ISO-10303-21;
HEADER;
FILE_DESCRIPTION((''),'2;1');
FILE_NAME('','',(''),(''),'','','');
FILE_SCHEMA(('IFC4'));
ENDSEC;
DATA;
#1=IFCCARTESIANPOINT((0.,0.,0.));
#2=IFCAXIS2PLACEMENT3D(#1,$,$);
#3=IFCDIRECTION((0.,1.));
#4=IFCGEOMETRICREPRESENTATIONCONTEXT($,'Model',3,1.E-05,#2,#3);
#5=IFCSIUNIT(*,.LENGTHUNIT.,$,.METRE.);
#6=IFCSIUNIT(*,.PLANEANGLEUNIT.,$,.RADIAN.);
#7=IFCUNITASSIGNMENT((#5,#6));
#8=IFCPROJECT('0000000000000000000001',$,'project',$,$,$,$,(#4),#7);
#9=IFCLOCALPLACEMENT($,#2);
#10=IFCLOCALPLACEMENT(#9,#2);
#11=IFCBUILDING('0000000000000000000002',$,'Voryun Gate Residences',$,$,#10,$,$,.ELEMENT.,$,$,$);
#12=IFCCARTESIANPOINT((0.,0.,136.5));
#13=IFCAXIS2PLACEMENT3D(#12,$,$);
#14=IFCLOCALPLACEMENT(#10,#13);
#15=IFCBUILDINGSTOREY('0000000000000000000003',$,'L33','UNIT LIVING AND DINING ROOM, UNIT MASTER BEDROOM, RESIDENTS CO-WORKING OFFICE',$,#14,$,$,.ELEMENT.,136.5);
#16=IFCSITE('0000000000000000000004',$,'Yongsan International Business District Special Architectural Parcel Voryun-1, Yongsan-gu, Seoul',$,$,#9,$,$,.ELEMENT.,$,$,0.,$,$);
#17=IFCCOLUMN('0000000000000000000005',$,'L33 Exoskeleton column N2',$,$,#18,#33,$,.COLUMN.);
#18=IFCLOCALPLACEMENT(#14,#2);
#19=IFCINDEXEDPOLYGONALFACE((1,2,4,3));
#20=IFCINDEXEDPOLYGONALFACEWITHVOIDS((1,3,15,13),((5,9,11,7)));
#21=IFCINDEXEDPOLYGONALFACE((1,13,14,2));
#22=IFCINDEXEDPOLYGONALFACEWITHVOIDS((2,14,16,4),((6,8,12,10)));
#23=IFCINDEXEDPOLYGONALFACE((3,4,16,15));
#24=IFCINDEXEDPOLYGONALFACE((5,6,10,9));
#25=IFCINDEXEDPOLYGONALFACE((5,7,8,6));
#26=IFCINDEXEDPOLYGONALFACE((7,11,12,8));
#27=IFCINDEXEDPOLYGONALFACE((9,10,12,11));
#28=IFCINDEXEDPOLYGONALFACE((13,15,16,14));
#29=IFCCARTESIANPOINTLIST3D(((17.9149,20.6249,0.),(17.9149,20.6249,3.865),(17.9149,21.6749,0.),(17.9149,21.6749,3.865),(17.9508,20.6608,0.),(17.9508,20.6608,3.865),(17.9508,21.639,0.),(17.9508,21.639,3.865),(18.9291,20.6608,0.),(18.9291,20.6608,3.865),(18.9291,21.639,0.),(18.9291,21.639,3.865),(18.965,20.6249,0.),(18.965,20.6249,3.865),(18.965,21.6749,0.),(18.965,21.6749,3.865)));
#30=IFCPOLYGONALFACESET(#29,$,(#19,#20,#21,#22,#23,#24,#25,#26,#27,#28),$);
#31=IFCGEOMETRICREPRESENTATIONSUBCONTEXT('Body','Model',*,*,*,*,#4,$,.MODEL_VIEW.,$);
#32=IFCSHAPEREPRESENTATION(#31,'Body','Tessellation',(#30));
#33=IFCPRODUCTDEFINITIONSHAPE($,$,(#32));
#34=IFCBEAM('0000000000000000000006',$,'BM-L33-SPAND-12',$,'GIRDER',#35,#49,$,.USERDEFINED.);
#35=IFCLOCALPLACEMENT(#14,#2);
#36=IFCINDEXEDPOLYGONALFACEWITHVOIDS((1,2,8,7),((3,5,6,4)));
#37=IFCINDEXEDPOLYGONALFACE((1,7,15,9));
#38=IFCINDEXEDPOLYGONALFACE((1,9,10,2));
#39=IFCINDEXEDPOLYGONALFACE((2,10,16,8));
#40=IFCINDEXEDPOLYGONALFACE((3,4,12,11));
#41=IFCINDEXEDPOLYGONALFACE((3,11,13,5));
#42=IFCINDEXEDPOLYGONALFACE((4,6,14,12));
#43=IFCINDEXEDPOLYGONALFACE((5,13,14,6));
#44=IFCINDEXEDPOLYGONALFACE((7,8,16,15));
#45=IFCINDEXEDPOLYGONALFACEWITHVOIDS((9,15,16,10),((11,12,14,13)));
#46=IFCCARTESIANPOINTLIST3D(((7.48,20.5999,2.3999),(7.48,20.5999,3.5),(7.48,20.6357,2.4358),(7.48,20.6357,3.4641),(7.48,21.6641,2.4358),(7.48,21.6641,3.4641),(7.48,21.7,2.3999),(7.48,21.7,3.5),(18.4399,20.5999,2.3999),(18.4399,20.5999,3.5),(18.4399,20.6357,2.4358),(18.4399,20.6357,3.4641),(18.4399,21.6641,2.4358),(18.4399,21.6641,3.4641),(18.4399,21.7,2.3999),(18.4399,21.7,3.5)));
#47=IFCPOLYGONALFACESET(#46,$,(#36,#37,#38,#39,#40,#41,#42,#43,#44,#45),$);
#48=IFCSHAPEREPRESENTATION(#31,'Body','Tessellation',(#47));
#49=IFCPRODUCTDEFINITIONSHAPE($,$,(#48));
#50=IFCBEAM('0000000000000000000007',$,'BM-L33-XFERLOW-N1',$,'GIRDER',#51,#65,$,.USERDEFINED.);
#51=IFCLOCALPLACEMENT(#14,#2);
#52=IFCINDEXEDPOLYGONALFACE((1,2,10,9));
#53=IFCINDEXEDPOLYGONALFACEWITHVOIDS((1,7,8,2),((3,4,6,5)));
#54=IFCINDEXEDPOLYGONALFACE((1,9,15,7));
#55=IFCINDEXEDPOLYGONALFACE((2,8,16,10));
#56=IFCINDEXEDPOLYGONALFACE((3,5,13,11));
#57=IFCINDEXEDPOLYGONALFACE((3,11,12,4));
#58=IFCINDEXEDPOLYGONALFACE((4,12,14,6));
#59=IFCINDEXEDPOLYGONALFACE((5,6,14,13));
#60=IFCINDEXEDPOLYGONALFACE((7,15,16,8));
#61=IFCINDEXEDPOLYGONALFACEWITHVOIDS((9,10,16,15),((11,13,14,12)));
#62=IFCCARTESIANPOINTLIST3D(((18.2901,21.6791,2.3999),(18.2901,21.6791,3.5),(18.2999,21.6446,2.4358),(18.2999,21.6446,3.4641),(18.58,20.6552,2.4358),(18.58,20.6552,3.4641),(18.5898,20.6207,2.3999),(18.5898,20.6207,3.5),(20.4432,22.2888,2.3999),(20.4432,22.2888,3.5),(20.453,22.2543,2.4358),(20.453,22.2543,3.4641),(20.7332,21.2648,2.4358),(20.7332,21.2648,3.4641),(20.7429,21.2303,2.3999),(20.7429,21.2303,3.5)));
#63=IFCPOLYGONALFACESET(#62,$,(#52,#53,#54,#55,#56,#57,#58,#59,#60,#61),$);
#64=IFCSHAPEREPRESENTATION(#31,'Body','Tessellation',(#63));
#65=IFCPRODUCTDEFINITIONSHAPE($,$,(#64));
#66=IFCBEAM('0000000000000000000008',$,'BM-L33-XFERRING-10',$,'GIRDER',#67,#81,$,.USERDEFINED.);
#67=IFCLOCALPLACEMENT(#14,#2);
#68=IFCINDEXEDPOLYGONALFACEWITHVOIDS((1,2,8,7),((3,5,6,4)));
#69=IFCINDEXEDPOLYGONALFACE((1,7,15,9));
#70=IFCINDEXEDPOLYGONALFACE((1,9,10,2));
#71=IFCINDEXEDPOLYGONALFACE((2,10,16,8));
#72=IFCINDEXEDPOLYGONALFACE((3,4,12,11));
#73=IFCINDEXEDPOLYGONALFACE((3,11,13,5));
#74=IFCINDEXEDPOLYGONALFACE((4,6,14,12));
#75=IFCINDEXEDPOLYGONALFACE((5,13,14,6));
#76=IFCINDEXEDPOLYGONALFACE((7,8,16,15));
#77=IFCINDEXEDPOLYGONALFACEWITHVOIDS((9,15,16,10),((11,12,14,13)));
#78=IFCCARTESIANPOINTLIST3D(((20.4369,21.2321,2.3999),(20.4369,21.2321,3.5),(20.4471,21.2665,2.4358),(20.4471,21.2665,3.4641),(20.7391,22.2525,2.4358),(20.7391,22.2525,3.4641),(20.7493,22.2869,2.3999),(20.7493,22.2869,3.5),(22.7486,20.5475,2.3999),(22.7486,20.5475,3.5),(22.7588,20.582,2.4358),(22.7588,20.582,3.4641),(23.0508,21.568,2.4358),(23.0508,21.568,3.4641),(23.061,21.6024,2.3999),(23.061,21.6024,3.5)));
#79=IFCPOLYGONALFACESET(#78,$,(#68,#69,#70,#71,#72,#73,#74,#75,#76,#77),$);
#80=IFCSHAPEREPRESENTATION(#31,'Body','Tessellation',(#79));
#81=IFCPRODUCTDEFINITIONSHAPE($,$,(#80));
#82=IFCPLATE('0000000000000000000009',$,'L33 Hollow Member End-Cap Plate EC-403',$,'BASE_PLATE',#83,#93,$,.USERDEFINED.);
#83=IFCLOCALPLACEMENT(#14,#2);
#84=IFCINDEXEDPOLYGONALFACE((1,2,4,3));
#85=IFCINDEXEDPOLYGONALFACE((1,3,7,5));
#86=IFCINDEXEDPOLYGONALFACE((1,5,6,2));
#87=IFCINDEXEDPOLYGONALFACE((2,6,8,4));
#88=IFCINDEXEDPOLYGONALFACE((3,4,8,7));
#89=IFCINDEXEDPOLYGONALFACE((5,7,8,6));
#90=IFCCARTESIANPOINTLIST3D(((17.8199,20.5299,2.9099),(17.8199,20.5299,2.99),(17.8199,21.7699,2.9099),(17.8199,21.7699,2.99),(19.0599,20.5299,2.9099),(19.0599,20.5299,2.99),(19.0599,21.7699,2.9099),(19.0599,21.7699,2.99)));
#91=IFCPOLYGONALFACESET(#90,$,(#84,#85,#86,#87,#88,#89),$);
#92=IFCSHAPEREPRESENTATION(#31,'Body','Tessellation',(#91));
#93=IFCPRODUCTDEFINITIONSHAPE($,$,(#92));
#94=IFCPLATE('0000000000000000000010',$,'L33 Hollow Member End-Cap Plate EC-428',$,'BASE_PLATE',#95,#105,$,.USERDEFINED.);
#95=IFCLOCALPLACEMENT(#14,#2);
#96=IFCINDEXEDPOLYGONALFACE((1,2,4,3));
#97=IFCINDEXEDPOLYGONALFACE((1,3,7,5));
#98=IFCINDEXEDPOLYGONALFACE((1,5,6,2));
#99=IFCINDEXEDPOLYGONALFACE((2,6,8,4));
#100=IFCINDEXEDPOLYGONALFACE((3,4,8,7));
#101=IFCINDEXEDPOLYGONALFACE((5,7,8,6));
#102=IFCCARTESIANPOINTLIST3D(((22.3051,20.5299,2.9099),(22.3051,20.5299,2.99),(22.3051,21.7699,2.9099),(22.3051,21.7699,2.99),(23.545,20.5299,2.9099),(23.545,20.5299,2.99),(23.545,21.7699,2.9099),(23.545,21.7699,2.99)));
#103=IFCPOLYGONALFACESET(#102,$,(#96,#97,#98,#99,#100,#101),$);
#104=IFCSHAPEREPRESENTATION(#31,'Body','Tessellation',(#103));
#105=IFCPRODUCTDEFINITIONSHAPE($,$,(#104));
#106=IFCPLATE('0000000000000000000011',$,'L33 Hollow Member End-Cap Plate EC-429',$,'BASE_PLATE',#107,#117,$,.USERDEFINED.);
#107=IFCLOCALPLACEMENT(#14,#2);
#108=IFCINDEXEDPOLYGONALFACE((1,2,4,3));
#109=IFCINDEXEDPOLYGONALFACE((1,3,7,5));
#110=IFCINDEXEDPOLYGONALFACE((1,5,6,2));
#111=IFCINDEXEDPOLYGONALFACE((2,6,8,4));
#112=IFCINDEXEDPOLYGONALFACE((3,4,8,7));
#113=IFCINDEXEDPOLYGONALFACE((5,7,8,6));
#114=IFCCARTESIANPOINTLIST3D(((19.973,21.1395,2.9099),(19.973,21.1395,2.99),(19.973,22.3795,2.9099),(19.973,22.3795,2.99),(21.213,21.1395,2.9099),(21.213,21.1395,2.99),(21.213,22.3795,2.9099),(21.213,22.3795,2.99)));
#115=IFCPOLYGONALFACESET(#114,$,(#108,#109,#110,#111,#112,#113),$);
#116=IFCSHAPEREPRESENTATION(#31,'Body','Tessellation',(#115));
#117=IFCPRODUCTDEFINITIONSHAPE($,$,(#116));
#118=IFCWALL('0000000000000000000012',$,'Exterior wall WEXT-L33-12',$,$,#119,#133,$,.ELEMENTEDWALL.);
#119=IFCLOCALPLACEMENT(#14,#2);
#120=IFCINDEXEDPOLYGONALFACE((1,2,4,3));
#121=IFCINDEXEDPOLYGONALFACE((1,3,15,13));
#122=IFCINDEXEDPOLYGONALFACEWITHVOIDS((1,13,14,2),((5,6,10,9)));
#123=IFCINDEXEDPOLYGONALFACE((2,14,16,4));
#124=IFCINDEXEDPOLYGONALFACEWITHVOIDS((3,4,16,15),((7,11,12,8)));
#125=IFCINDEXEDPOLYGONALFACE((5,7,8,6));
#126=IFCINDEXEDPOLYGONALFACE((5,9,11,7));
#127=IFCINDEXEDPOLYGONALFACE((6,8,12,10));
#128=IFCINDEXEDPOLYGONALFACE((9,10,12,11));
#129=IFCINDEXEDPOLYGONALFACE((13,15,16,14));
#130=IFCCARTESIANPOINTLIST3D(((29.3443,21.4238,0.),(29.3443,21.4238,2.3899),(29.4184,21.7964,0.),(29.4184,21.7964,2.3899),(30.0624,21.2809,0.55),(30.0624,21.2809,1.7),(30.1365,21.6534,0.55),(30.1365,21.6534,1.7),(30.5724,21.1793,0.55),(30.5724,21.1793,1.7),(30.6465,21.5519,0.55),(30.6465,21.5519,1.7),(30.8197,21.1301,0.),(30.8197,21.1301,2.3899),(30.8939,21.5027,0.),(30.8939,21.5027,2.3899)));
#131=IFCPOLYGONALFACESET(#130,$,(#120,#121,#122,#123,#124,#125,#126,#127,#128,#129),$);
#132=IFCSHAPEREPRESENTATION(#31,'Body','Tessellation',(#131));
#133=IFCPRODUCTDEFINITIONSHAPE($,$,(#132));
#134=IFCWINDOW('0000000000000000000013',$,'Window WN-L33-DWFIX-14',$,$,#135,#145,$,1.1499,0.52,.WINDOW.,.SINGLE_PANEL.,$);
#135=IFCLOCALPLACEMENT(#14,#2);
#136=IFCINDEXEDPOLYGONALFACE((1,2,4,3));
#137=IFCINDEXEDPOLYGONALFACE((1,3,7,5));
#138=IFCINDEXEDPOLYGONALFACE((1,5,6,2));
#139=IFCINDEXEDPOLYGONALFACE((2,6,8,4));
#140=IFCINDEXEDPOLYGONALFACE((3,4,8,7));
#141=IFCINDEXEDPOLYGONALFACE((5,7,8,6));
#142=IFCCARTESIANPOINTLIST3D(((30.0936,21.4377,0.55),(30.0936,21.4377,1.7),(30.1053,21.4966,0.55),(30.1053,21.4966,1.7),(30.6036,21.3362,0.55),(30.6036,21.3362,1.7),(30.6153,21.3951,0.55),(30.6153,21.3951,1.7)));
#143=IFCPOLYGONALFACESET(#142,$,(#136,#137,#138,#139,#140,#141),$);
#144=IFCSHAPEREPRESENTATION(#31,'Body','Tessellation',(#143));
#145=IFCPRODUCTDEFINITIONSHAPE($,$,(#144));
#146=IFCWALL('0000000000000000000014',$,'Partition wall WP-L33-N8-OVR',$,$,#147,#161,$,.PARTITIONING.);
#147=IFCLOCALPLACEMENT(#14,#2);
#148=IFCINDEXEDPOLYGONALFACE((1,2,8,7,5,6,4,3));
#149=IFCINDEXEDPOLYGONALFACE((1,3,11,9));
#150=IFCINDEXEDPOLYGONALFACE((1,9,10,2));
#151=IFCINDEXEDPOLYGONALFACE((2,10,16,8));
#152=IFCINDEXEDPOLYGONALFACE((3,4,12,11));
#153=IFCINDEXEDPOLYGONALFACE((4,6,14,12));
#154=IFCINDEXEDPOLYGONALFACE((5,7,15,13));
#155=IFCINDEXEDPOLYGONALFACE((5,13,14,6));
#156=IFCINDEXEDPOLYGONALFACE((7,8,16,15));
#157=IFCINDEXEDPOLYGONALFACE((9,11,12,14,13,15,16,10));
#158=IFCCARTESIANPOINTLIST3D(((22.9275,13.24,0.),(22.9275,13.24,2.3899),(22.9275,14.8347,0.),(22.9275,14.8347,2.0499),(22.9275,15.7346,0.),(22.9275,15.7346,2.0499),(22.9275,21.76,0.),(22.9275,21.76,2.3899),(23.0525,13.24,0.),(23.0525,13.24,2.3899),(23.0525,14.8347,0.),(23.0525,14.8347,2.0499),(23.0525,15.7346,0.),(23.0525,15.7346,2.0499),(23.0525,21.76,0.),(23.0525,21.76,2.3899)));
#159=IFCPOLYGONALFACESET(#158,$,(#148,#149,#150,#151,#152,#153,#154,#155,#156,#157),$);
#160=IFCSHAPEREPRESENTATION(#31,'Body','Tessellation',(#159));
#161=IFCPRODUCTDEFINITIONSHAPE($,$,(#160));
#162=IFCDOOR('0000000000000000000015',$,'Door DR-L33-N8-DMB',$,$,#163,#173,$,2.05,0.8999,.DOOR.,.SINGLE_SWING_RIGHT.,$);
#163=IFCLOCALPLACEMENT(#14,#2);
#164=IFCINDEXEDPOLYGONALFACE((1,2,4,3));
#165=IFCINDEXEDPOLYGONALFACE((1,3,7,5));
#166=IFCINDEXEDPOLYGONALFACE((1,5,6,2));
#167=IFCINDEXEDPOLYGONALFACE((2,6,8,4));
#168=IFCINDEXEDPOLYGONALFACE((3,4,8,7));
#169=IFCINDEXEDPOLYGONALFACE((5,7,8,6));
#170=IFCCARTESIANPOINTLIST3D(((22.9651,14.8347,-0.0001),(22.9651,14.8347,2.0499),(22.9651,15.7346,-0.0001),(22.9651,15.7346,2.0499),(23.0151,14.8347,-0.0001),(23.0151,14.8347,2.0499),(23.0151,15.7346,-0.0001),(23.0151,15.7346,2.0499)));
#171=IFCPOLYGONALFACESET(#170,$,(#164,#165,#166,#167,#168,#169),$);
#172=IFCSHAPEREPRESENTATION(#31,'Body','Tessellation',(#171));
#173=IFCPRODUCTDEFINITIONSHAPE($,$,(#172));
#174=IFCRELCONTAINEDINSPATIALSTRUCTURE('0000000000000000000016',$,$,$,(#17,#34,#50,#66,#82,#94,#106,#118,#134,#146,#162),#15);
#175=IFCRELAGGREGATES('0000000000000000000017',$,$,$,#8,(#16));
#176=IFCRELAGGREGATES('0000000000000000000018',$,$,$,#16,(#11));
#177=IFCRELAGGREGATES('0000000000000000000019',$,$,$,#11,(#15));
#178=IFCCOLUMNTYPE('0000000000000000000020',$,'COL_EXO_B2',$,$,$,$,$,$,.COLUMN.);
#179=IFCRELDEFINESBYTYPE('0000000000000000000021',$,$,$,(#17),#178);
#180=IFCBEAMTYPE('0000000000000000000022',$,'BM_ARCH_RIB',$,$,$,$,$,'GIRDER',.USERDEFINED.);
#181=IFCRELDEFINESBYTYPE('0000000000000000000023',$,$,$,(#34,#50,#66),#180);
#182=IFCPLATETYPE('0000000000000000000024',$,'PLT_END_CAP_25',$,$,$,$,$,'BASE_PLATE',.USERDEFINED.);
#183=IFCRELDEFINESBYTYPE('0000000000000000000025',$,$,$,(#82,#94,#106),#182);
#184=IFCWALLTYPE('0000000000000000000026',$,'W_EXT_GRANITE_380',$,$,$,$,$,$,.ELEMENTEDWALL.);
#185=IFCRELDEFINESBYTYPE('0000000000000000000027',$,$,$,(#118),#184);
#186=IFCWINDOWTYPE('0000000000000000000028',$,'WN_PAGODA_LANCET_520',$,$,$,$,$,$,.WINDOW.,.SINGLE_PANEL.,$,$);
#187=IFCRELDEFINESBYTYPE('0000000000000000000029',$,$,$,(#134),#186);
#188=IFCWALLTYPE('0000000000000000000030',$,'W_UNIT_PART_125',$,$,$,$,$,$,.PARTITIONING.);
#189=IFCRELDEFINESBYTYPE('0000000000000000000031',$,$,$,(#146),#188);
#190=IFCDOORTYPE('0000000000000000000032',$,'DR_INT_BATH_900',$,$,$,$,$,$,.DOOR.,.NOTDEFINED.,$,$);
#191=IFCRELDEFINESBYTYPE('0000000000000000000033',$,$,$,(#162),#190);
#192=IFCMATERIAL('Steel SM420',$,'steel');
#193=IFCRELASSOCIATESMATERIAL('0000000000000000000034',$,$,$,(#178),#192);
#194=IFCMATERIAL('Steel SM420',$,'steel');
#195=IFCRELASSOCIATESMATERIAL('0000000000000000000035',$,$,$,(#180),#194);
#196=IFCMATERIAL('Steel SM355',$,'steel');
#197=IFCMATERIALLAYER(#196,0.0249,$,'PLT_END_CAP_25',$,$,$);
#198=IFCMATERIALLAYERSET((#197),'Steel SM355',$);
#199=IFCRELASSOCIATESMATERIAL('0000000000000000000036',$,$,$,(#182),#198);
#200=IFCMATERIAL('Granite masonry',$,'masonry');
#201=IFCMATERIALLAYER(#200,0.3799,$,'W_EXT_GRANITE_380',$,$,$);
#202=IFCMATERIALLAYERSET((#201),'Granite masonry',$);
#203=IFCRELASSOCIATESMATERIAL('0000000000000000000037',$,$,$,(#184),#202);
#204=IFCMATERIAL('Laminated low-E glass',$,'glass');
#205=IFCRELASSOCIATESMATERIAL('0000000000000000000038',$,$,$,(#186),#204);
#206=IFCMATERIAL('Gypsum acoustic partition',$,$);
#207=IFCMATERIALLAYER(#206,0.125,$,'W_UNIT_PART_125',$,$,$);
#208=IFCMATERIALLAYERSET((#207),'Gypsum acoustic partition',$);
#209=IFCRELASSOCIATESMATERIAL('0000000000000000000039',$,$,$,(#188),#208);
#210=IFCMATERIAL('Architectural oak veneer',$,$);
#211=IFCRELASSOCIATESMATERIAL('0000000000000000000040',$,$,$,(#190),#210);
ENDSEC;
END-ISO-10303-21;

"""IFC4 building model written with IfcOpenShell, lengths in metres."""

from ifc_helpers import new_model, si_unit, direction, frame, frame_2d, origin, origin_2d, place, context, subcontext, project, spatial, rectangle, hollow_rectangle, extrude, material, layer, layer_set, material_profile, profile_set, type_object, element, fill, save


model = new_model("IFC4")

# Units and contexts
model_context = context("Model", 3, precision=1e-05, world=origin(), true_north=direction((0.0, 1.0)))
body_context = subcontext(model_context, "Body", "Model", "MODEL_VIEW")
ifc_project = project(units=[si_unit("LENGTHUNIT", "METRE"), si_unit("PLANEANGLEUNIT", "RADIAN")], contexts=[model_context])

# Site, building, storey
site_placement = place(None, origin())
site = spatial("IfcSite", under=ifc_project, at=site_placement, Name="Yongsan International Business District Special Architectural Parcel Voryun-1, Yongsan-gu, Seoul", CompositionType="ELEMENT", RefElevation=0.0)
building_placement = place(site_placement, origin())
building = spatial("IfcBuilding", under=site, at=building_placement, Name="Voryun Gate Residences", CompositionType="ELEMENT")
storey_placement = place(building_placement, frame((0.0, 0.0, 136.5)))
storey = spatial("IfcBuildingStorey", under=building, at=storey_placement, Name="L33", Description="UNIT LIVING AND DINING ROOM, UNIT MASTER BEDROOM, RESIDENTS CO-WORKING OFFICE", CompositionType="ELEMENT", Elevation=136.5)

# Column
ifc_material_1 = material(Name="Steel SM420", Category="steel")
ifc_material_profile_1 = material_profile(ifc_material_1, hollow_rectangle(XDim=1.05, YDim=1.05, WallThickness=0.0359, at=origin_2d()), Name="BOX-1050x1050x36")
ifc_profile_set_1 = profile_set([ifc_material_profile_1], Name="Steel SM420")
column_type = type_object("IfcColumnType", Name="COL_EXO_B2", PredefinedType="COLUMN", material=ifc_profile_set_1)
column_placement = place(storey_placement, frame((18.4399, 21.1499, 0.0), z_axis=(0.0, 0.0, 1.0), x_axis=(1.0, 0.0, 0.0)))
element("IfcColumn", 1, at=column_placement, inside=storey, type_object=column_type, Name="L33 Exoskeleton column N2", PredefinedType="COLUMN", context=body_context, shape_type="SweptSolid", body=[
    extrude(hollow_rectangle(XDim=1.05, YDim=1.05, WallThickness=0.0359, at=origin_2d()), origin(), (0.0, 0.0, 1.0), 3.865),
])

# Beams
ifc_material_2 = material(Name="Steel SM420", Category="steel")
ifc_material_profile_2 = material_profile(ifc_material_2, hollow_rectangle(XDim=1.1001, YDim=1.1001, WallThickness=0.0359, at=origin_2d()), Name="BOX-1100x1100x36")
ifc_profile_set_2 = profile_set([ifc_material_profile_2], Name="Steel SM420")
beam_type = type_object("IfcBeamType", Name="BM_ARCH_RIB", ElementType="GIRDER", PredefinedType="USERDEFINED", material=ifc_profile_set_2)
beam_1_placement = place(storey_placement, frame((18.4399, 21.1499, 2.95), z_axis=(-1.0, 0.0, 0.0), x_axis=(0.0, -1.0, 0.0)))
element("IfcBeam", 2, at=beam_1_placement, inside=storey, type_object=beam_type, Name="BM-L33-SPAND-12", ObjectType="GIRDER", PredefinedType="USERDEFINED", context=body_context, shape_type="SweptSolid", body=[
    extrude(hollow_rectangle(XDim=1.1001, YDim=1.1001, WallThickness=0.0359, at=origin_2d()), origin(), (0.0, 0.0, 1.0), 10.96),
])
beam_2_placement = place(storey_placement, frame((18.4399, 21.1499, 2.95), z_axis=(0.962176, 0.272429, 0.0), x_axis=(-0.272429, 0.962176, 0.0)))
element("IfcBeam", 3, at=beam_2_placement, inside=storey, type_object=beam_type, Name="BM-L33-XFERLOW-N1", ObjectType="GIRDER", PredefinedType="USERDEFINED", context=body_context, shape_type="SweptSolid", body=[
    extrude(hollow_rectangle(XDim=1.1001, YDim=1.1001, WallThickness=0.0359, at=origin_2d()), origin(), (0.0, 0.0, 1.0), 2.2378),
])
beam_3_placement = place(storey_placement, frame((22.9048, 21.075, 2.95), z_axis=(-0.958843, 0.283937, 0.0), x_axis=(-0.283937, -0.958843, 0.0)))
element("IfcBeam", 4, at=beam_3_placement, inside=storey, type_object=beam_type, Name="BM-L33-XFERRING-10", ObjectType="GIRDER", PredefinedType="USERDEFINED", context=body_context, shape_type="SweptSolid", body=[
    extrude(hollow_rectangle(XDim=1.1001, YDim=1.1001, WallThickness=0.0359, at=origin_2d()), origin(), (0.0, 0.0, 1.0), 2.4109),
])

# Plates
ifc_material_3 = material(Name="Steel SM355", Category="steel")
ifc_layer_1 = layer(ifc_material_3, 0.0249, Name="PLT_END_CAP_25")
ifc_layer_set_1 = layer_set([ifc_layer_1], Name="Steel SM355")
plate_type = type_object("IfcPlateType", Name="PLT_END_CAP_25", ElementType="BASE_PLATE", PredefinedType="USERDEFINED", material=ifc_layer_set_1)
for number, where, z_axis, x_axis, name in (
    (5, (18.4399, 21.1499, 2.9099), (0.0, 0.0, 1.0), (1.0, 0.0, 0.0), "L33 Hollow Member End-Cap Plate EC-403"),
    (6, (22.925, 21.1499, 2.9099), (0.0, 0.0, 1.0), (1.0, 0.0, 0.0), "L33 Hollow Member End-Cap Plate EC-428"),
    (7, (20.593, 21.7595, 2.9099), (0.0, 0.0, 1.0), (1.0, 0.0, 0.0), "L33 Hollow Member End-Cap Plate EC-429"),
):
    element("IfcPlate", number, at=place(storey_placement, frame(where, z_axis=z_axis, x_axis=x_axis)), inside=storey, type_object=plate_type, Name=name, ObjectType="BASE_PLATE", PredefinedType="USERDEFINED", context=body_context, shape_type="SweptSolid", body=[
        extrude(rectangle(XDim=1.24, YDim=1.24, at=origin_2d()), origin(), (0.0, 0.0, 1.0), 0.0801),
    ])

# Wall, opening, window
ifc_material_4 = material(Name="Granite masonry", Category="masonry")
ifc_layer_2 = layer(ifc_material_4, 0.3799, Name="W_EXT_GRANITE_380")
ifc_layer_set_2 = layer_set([ifc_layer_2], Name="Granite masonry")
wall_type_1 = type_object("IfcWallType", Name="W_EXT_GRANITE_380", PredefinedType="ELEMENTEDWALL", material=ifc_layer_set_2)
wall_1_placement = place(storey_placement, frame((29.3813, 21.6101, 0.0), z_axis=(0.0, 0.0, 1.0), x_axis=(0.980755, -0.195242, 0.0)))
wall_1 = element("IfcWall", 8, at=wall_1_placement, inside=storey, type_object=wall_type_1, Name="Exterior wall WEXT-L33-12", PredefinedType="ELEMENTEDWALL", context=body_context, shape_type="SweptSolid", body=[
    extrude(rectangle(XDim=1.5044, YDim=0.3799, at=frame_2d((0.7522, 0.0))), origin(), (0.0, 0.0, 1.0), 2.3899),
])
opening_1_placement = place(wall_1_placement, frame((0.7322, 0.0, 0.55)))
opening_1 = element("IfcOpeningElement", 9, at=opening_1_placement, cuts=wall_1, PredefinedType="OPENING", context=body_context, shape_type="SweptSolid", body=[
    extrude(rectangle(XDim=0.52, YDim=1.1499, at=frame_2d((0.26, 0.575))), frame((0.0, 0.2, 0.0), z_axis=(0.0, -1.0, 0.0), x_axis=(1.0, 0.0, 0.0)), (0.0, 0.0, 1.0), 0.3999),
])
ifc_material_5 = material(Name="Laminated low-E glass", Category="glass")
window_type = type_object("IfcWindowType", Name="WN_PAGODA_LANCET_520", PartitioningType="SINGLE_PANEL", PredefinedType="WINDOW", material=ifc_material_5)
window_placement = place(opening_1_placement, origin())
window = element("IfcWindow", 10, at=window_placement, inside=storey, type_object=window_type, Name="Window WN-L33-DWFIX-14", OverallHeight=1.1499, OverallWidth=0.52, PartitioningType="SINGLE_PANEL", PredefinedType="WINDOW", context=body_context, shape_type="SweptSolid", body=[
    extrude(rectangle(XDim=0.52, YDim=1.1499, at=frame_2d((0.26, 0.575))), frame((0.0, 0.03, 0.0), z_axis=(0.0, -1.0, 0.0), x_axis=(1.0, 0.0, 0.0)), (0.0, 0.0, 1.0), 0.0601),
])
fill(opening_1, window)

# Wall, opening, door
ifc_material_6 = material(Name="Gypsum acoustic partition")
ifc_layer_3 = layer(ifc_material_6, 0.125, Name="W_UNIT_PART_125")
ifc_layer_set_3 = layer_set([ifc_layer_3], Name="Gypsum acoustic partition")
wall_type_2 = type_object("IfcWallType", Name="W_UNIT_PART_125", PredefinedType="PARTITIONING", material=ifc_layer_set_3)
wall_2_placement = place(storey_placement, frame((22.99, 13.24, 0.0), z_axis=(0.0, 0.0, 1.0), x_axis=(0.0, 1.0, 0.0)))
wall_2 = element("IfcWall", 11, at=wall_2_placement, inside=storey, type_object=wall_type_2, Name="Partition wall WP-L33-N8-OVR", PredefinedType="PARTITIONING", context=body_context, shape_type="SweptSolid", body=[
    extrude(rectangle(XDim=8.52, YDim=0.125, at=frame_2d((4.26, 0.0))), origin(), (0.0, 0.0, 1.0), 2.3899),
])
opening_2_placement = place(wall_2_placement, frame((1.5947, 0.0, 0.0)))
opening_2 = element("IfcOpeningElement", 12, at=opening_2_placement, cuts=wall_2, PredefinedType="OPENING", context=body_context, shape_type="SweptSolid", body=[
    extrude(rectangle(XDim=0.8999, YDim=2.05, at=frame_2d((0.45, 1.0249))), frame((0.0, 0.0725, 0.0), z_axis=(0.0, -1.0, 0.0), x_axis=(1.0, 0.0, 0.0)), (0.0, 0.0, 1.0), 0.145),
])
ifc_material_7 = material(Name="Architectural oak veneer")
door_type_1 = type_object("IfcDoorType", Name="DR_INT_BATH_900", OperationType="NOTDEFINED", PredefinedType="DOOR", material=ifc_material_7)
door_1_placement = place(opening_2_placement, origin())
door_1 = element("IfcDoor", 13, at=door_1_placement, inside=storey, type_object=door_type_1, Name="Door DR-L33-N8-DMB", OperationType="SINGLE_SWING_RIGHT", OverallHeight=2.05, OverallWidth=0.8999, PredefinedType="DOOR", context=body_context, shape_type="SweptSolid", body=[
    extrude(rectangle(XDim=0.8999, YDim=2.05, at=frame_2d((0.45, 1.0249))), frame((0.0, 0.0249, 0.0), z_axis=(0.0, -1.0, 0.0), x_axis=(1.0, 0.0, 0.0)), (0.0, 0.0, 1.0), 0.05),
])
fill(opening_2, door_1)

save(model, "model.ifc")
